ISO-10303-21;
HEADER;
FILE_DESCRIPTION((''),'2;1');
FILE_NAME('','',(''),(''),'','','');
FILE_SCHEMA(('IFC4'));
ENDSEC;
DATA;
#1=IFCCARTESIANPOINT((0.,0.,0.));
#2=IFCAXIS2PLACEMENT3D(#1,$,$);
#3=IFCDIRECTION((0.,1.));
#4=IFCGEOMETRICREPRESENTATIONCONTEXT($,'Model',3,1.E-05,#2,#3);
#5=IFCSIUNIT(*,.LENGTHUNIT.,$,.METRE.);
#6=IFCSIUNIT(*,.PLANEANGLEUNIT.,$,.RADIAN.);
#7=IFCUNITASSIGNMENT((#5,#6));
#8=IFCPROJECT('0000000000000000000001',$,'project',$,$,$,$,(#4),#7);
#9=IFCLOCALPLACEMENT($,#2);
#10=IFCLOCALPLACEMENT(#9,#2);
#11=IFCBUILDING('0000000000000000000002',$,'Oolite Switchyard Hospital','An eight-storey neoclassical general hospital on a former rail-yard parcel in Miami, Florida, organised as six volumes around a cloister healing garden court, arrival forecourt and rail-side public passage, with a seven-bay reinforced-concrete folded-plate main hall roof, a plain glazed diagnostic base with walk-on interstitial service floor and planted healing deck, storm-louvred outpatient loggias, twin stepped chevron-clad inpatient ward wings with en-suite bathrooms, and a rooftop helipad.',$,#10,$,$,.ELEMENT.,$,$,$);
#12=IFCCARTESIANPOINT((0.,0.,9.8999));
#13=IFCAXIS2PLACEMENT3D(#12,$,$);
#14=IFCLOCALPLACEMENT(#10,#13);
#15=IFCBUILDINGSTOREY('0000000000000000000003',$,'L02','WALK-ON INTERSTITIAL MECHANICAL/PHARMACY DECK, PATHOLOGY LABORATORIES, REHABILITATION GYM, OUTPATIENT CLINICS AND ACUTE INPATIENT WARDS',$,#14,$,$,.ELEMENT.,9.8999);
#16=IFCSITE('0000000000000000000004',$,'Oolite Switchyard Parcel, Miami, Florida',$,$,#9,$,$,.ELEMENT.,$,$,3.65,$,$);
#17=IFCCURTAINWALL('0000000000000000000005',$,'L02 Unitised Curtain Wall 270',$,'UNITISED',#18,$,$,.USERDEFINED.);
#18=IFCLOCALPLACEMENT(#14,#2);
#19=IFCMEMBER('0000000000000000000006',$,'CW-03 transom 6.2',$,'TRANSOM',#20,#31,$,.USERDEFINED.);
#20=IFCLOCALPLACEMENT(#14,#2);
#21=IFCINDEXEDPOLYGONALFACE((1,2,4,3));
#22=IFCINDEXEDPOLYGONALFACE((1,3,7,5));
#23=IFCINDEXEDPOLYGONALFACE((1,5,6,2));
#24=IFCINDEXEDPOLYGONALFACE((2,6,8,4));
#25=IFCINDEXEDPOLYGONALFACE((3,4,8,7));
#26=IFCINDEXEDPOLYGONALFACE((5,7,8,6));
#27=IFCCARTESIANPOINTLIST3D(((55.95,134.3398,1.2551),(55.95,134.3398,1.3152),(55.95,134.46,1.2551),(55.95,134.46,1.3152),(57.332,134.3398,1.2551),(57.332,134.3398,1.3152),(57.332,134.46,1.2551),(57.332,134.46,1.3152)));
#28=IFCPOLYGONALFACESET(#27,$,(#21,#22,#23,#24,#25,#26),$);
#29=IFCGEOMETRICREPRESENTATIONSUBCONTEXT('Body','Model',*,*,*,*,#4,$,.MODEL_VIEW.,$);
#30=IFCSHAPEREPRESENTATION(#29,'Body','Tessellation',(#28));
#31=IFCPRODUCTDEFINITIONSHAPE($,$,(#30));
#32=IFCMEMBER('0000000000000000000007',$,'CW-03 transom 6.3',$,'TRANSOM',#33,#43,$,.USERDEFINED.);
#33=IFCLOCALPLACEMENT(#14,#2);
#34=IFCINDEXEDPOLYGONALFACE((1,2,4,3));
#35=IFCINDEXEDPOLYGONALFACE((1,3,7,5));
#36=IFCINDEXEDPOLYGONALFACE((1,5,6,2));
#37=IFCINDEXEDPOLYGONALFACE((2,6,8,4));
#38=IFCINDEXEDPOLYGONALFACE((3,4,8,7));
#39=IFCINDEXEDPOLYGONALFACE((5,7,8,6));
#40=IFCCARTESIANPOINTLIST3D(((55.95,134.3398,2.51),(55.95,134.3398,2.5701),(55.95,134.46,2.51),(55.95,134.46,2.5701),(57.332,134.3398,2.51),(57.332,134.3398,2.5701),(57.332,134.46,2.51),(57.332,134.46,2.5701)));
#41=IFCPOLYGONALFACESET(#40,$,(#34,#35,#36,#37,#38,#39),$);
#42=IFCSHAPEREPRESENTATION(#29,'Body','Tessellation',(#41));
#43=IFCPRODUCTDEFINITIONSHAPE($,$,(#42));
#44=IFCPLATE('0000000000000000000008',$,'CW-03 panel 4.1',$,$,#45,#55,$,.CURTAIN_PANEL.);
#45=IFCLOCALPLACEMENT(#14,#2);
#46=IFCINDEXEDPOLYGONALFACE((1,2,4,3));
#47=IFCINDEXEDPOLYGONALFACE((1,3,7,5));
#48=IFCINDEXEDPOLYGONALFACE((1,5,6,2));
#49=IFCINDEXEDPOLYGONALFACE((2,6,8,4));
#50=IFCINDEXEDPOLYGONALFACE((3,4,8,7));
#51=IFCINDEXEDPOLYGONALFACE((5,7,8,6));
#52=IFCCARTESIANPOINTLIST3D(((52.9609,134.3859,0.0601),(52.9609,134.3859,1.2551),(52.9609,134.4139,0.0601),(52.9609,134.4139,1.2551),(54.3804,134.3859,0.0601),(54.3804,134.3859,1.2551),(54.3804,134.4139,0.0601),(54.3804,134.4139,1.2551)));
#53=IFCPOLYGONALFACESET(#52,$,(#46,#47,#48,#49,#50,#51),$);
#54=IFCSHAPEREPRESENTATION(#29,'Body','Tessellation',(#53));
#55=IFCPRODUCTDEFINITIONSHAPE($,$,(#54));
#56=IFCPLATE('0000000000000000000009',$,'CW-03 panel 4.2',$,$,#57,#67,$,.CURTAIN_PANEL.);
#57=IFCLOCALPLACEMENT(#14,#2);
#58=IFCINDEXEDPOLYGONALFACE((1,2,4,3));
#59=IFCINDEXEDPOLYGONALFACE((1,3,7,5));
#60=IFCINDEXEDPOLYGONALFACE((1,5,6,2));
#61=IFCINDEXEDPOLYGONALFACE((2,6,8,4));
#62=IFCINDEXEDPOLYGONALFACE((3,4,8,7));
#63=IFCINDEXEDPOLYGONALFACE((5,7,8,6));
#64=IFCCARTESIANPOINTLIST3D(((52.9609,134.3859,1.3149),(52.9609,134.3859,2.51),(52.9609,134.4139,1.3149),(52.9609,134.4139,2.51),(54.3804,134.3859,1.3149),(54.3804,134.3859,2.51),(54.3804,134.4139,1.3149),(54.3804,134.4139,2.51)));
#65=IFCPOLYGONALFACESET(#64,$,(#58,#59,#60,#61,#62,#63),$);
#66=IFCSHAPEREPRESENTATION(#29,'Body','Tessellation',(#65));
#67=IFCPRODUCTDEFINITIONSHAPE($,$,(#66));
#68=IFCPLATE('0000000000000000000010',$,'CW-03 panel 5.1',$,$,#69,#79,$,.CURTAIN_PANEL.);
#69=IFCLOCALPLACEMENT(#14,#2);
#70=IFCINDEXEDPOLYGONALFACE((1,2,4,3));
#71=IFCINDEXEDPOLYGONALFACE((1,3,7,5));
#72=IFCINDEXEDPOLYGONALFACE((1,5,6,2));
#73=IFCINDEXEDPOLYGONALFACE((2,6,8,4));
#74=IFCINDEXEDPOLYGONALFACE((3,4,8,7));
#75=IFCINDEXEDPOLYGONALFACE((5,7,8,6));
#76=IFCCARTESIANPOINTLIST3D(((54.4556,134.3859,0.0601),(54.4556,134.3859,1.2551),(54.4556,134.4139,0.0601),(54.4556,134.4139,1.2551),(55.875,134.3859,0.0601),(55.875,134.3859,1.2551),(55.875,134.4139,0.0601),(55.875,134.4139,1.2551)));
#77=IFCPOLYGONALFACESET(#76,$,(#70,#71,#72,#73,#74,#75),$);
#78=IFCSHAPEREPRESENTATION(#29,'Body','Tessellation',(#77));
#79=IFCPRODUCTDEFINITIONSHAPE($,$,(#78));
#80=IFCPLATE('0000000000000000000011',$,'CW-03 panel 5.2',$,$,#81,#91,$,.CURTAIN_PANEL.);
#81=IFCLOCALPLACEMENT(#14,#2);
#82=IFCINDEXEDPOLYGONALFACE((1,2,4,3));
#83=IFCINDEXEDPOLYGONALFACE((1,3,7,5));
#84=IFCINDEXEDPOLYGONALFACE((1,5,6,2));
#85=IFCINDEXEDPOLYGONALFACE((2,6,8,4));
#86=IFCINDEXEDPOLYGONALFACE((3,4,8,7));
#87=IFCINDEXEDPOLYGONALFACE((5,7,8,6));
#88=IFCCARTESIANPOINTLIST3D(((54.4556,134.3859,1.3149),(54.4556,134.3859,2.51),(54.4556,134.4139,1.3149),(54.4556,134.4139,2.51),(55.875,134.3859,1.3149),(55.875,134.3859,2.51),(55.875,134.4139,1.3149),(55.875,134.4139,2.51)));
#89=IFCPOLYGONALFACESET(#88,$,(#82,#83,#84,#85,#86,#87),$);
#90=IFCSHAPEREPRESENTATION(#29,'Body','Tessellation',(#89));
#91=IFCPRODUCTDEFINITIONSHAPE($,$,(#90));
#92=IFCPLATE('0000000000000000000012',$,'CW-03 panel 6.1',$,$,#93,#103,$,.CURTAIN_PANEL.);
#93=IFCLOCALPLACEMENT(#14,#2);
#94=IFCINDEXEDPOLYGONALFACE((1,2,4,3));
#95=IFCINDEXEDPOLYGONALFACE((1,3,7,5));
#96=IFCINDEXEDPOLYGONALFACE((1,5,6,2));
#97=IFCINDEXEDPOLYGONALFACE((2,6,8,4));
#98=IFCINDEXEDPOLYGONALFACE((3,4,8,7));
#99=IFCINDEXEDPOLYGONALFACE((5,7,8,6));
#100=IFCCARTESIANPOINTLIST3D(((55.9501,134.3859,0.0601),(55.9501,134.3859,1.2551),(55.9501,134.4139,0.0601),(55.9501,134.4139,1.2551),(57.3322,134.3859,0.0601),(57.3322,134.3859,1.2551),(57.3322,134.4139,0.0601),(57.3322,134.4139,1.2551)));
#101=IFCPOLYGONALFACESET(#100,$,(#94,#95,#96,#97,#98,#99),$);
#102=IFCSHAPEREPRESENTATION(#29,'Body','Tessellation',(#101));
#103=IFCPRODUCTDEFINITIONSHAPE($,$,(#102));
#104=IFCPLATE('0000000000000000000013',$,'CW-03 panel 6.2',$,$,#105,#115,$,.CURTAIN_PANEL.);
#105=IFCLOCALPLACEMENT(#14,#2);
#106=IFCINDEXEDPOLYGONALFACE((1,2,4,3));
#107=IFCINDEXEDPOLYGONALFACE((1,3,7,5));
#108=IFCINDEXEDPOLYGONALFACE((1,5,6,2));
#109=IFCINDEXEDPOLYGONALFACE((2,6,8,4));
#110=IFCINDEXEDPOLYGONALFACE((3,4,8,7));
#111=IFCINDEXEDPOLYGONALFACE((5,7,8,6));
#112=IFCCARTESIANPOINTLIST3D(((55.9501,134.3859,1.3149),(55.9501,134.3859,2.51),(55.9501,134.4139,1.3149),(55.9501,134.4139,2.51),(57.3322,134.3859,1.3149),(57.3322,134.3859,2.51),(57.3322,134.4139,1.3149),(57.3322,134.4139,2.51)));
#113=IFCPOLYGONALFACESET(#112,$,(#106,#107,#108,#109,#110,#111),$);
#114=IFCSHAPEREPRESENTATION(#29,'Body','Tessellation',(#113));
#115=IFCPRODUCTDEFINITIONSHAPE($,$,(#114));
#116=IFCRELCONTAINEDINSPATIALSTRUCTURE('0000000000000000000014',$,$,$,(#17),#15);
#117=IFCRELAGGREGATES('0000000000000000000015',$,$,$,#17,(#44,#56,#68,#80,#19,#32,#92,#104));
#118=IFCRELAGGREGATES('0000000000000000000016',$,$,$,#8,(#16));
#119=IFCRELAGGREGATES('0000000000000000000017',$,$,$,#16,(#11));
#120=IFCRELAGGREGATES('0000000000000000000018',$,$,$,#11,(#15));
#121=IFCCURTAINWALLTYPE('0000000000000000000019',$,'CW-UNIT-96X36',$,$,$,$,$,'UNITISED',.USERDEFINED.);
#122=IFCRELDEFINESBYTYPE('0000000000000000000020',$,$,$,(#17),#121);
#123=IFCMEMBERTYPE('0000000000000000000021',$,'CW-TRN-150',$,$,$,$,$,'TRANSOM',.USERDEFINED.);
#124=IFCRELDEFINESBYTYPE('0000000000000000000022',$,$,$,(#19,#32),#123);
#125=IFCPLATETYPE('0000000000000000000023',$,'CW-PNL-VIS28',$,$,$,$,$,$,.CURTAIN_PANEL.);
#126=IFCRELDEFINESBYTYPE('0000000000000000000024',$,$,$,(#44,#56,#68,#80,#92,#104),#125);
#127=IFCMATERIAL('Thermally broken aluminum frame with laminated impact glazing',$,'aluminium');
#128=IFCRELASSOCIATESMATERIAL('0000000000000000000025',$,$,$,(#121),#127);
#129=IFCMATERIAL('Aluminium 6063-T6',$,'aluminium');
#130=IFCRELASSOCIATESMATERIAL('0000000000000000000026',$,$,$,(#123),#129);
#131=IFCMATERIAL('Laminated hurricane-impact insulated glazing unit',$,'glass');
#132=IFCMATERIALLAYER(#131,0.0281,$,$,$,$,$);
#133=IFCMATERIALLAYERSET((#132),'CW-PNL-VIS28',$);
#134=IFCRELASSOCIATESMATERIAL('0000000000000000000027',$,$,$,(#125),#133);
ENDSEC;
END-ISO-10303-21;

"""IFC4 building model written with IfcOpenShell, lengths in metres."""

from ifc_helpers import new_model, si_unit, direction, frame, origin, origin_2d, place, context, subcontext, project, spatial, rectangle, extrude, material, layer, layer_set, material_profile, profile_set, type_object, element, aggregate, save


model = new_model("IFC4")

# Units and contexts
model_context = context("Model", 3, precision=1e-05, world=origin(), true_north=direction((0.0, 1.0)))
body_context = subcontext(model_context, "Body", "Model", "MODEL_VIEW")
ifc_project = project(units=[si_unit("LENGTHUNIT", "METRE"), si_unit("PLANEANGLEUNIT", "RADIAN")], contexts=[model_context])

# Site, building, storey
site_placement = place(None, origin())
site = spatial("IfcSite", under=ifc_project, at=site_placement, Name="Oolite Switchyard Parcel, Miami, Florida", CompositionType="ELEMENT", RefElevation=3.65)
building_placement = place(site_placement, origin())
building = spatial("IfcBuilding", under=site, at=building_placement, Name="Oolite Switchyard Hospital", Description="An eight-storey neoclassical general hospital on a former rail-yard parcel in Miami, Florida, organised as six volumes around a cloister healing garden court, arrival forecourt and rail-side public passage, with a seven-bay reinforced-concrete folded-plate main hall roof, a plain glazed diagnostic base with walk-on interstitial service floor and planted healing deck, storm-louvred outpatient loggias, twin stepped chevron-clad inpatient ward wings with en-suite bathrooms, and a rooftop helipad.", CompositionType="ELEMENT")
storey_placement = place(building_placement, frame((0.0, 0.0, 9.8999)))
storey = spatial("IfcBuildingStorey", under=building, at=storey_placement, Name="L02", Description="WALK-ON INTERSTITIAL MECHANICAL/PHARMACY DECK, PATHOLOGY LABORATORIES, REHABILITATION GYM, OUTPATIENT CLINICS AND ACUTE INPATIENT WARDS", CompositionType="ELEMENT", Elevation=9.8999)

# Curtain wall, members, plates
ifc_material_1 = material(Name="Thermally broken aluminum frame with laminated impact glazing", Category="aluminium")
curtain_wall_type = type_object("IfcCurtainWallType", Name="CW-UNIT-96X36", ElementType="UNITISED", PredefinedType="USERDEFINED", material=ifc_material_1)
curtain_wall_placement = place(storey_placement, origin())
curtain_wall = element("IfcCurtainWall", 1, at=curtain_wall_placement, inside=storey, type_object=curtain_wall_type, Name="L02 Unitised Curtain Wall 270", ObjectType="UNITISED", PredefinedType="USERDEFINED")
ifc_material_2 = material(Name="Aluminium 6063-T6", Category="aluminium")
ifc_material_profile_1 = material_profile(ifc_material_2, rectangle(XDim=0.1201, YDim=0.0601, at=origin_2d()), Name="CWT60X120")
ifc_profile_set_1 = profile_set([ifc_material_profile_1], Name="Aluminium 6063-T6")
member_type_1 = type_object("IfcMemberType", Name="CW-TRN-150", ElementType="TRANSOM", PredefinedType="USERDEFINED", material=ifc_profile_set_1)
member_1_placement = place(storey_placement, frame((55.95, 134.3999, 1.2852), z_axis=(1.0, 0.0, 0.0), x_axis=(0.0, 1.0, 0.0)))
member_1 = element("IfcMember", 2, at=member_1_placement, type_object=member_type_1, Name="CW-03 transom 6.2", ObjectType="TRANSOM", PredefinedType="USERDEFINED", context=body_context, shape_type="SweptSolid", body=[
    extrude(rectangle(XDim=0.1201, YDim=0.0601, at=origin_2d()), origin(), (0.0, 0.0, 1.0), 1.3821),
])
member_2_placement = place(storey_placement, frame((55.95, 134.3999, 2.54), z_axis=(1.0, 0.0, 0.0), x_axis=(0.0, 1.0, 0.0)))
member_2 = element("IfcMember", 3, at=member_2_placement, type_object=member_type_1, Name="CW-03 transom 6.3", ObjectType="TRANSOM", PredefinedType="USERDEFINED", context=body_context, shape_type="SweptSolid", body=[
    extrude(rectangle(XDim=0.1201, YDim=0.0601, at=origin_2d()), origin(), (0.0, 0.0, 1.0), 1.3821),
])
ifc_material_3 = material(Name="Laminated hurricane-impact insulated glazing unit", Category="glass")
ifc_layer = layer(ifc_material_3, 0.0281)
ifc_layer_set = layer_set([ifc_layer], Name="CW-PNL-VIS28")
plate_type = type_object("IfcPlateType", Name="CW-PNL-VIS28", PredefinedType="CURTAIN_PANEL", material=ifc_layer_set)
plate_1_placement = place(storey_placement, frame((53.6707, 134.3999, 0.0601), z_axis=(0.0, 0.0, 1.0), x_axis=(1.0, 0.0, 0.0)))
plate_1 = element("IfcPlate", 4, at=plate_1_placement, type_object=plate_type, Name="CW-03 panel 4.1", PredefinedType="CURTAIN_PANEL", context=body_context, shape_type="SweptSolid", body=[
    extrude(rectangle(XDim=1.4194, YDim=0.0281, at=origin_2d()), origin(), (0.0, 0.0, 1.0), 1.1951),
])
plate_2_placement = place(storey_placement, frame((53.6707, 134.3999, 1.3149), z_axis=(0.0, 0.0, 1.0), x_axis=(1.0, 0.0, 0.0)))
plate_2 = element("IfcPlate", 5, at=plate_2_placement, type_object=plate_type, Name="CW-03 panel 4.2", PredefinedType="CURTAIN_PANEL", context=body_context, shape_type="SweptSolid", body=[
    extrude(rectangle(XDim=1.4194, YDim=0.0281, at=origin_2d()), origin(), (0.0, 0.0, 1.0), 1.1951),
])
plate_3_placement = place(storey_placement, frame((55.1653, 134.3999, 0.0601), z_axis=(0.0, 0.0, 1.0), x_axis=(1.0, 0.0, 0.0)))
plate_3 = element("IfcPlate", 6, at=plate_3_placement, type_object=plate_type, Name="CW-03 panel 5.1", PredefinedType="CURTAIN_PANEL", context=body_context, shape_type="SweptSolid", body=[
    extrude(rectangle(XDim=1.4194, YDim=0.0281, at=origin_2d()), origin(), (0.0, 0.0, 1.0), 1.1951),
])
plate_4_placement = place(storey_placement, frame((55.1653, 134.3999, 1.3149), z_axis=(0.0, 0.0, 1.0), x_axis=(1.0, 0.0, 0.0)))
plate_4 = element("IfcPlate", 7, at=plate_4_placement, type_object=plate_type, Name="CW-03 panel 5.2", PredefinedType="CURTAIN_PANEL", context=body_context, shape_type="SweptSolid", body=[
    extrude(rectangle(XDim=1.4194, YDim=0.0281, at=origin_2d()), origin(), (0.0, 0.0, 1.0), 1.1951),
])
plate_5_placement = place(storey_placement, frame((56.6411, 134.3999, 0.0601), z_axis=(0.0, 0.0, 1.0), x_axis=(1.0, 0.0, 0.0)))
plate_5 = element("IfcPlate", 8, at=plate_5_placement, type_object=plate_type, Name="CW-03 panel 6.1", PredefinedType="CURTAIN_PANEL", context=body_context, shape_type="SweptSolid", body=[
    extrude(rectangle(XDim=1.3821, YDim=0.0281, at=origin_2d()), origin(), (0.0, 0.0, 1.0), 1.1951),
])
plate_6_placement = place(storey_placement, frame((56.6411, 134.3999, 1.3149), z_axis=(0.0, 0.0, 1.0), x_axis=(1.0, 0.0, 0.0)))
plate_6 = element("IfcPlate", 9, at=plate_6_placement, type_object=plate_type, Name="CW-03 panel 6.2", PredefinedType="CURTAIN_PANEL", context=body_context, shape_type="SweptSolid", body=[
    extrude(rectangle(XDim=1.3821, YDim=0.0281, at=origin_2d()), origin(), (0.0, 0.0, 1.0), 1.1951),
])
aggregate(curtain_wall, [plate_1, plate_2, plate_3, plate_4, member_1, member_2, plate_5, plate_6])

save(model, "model.ifc")
